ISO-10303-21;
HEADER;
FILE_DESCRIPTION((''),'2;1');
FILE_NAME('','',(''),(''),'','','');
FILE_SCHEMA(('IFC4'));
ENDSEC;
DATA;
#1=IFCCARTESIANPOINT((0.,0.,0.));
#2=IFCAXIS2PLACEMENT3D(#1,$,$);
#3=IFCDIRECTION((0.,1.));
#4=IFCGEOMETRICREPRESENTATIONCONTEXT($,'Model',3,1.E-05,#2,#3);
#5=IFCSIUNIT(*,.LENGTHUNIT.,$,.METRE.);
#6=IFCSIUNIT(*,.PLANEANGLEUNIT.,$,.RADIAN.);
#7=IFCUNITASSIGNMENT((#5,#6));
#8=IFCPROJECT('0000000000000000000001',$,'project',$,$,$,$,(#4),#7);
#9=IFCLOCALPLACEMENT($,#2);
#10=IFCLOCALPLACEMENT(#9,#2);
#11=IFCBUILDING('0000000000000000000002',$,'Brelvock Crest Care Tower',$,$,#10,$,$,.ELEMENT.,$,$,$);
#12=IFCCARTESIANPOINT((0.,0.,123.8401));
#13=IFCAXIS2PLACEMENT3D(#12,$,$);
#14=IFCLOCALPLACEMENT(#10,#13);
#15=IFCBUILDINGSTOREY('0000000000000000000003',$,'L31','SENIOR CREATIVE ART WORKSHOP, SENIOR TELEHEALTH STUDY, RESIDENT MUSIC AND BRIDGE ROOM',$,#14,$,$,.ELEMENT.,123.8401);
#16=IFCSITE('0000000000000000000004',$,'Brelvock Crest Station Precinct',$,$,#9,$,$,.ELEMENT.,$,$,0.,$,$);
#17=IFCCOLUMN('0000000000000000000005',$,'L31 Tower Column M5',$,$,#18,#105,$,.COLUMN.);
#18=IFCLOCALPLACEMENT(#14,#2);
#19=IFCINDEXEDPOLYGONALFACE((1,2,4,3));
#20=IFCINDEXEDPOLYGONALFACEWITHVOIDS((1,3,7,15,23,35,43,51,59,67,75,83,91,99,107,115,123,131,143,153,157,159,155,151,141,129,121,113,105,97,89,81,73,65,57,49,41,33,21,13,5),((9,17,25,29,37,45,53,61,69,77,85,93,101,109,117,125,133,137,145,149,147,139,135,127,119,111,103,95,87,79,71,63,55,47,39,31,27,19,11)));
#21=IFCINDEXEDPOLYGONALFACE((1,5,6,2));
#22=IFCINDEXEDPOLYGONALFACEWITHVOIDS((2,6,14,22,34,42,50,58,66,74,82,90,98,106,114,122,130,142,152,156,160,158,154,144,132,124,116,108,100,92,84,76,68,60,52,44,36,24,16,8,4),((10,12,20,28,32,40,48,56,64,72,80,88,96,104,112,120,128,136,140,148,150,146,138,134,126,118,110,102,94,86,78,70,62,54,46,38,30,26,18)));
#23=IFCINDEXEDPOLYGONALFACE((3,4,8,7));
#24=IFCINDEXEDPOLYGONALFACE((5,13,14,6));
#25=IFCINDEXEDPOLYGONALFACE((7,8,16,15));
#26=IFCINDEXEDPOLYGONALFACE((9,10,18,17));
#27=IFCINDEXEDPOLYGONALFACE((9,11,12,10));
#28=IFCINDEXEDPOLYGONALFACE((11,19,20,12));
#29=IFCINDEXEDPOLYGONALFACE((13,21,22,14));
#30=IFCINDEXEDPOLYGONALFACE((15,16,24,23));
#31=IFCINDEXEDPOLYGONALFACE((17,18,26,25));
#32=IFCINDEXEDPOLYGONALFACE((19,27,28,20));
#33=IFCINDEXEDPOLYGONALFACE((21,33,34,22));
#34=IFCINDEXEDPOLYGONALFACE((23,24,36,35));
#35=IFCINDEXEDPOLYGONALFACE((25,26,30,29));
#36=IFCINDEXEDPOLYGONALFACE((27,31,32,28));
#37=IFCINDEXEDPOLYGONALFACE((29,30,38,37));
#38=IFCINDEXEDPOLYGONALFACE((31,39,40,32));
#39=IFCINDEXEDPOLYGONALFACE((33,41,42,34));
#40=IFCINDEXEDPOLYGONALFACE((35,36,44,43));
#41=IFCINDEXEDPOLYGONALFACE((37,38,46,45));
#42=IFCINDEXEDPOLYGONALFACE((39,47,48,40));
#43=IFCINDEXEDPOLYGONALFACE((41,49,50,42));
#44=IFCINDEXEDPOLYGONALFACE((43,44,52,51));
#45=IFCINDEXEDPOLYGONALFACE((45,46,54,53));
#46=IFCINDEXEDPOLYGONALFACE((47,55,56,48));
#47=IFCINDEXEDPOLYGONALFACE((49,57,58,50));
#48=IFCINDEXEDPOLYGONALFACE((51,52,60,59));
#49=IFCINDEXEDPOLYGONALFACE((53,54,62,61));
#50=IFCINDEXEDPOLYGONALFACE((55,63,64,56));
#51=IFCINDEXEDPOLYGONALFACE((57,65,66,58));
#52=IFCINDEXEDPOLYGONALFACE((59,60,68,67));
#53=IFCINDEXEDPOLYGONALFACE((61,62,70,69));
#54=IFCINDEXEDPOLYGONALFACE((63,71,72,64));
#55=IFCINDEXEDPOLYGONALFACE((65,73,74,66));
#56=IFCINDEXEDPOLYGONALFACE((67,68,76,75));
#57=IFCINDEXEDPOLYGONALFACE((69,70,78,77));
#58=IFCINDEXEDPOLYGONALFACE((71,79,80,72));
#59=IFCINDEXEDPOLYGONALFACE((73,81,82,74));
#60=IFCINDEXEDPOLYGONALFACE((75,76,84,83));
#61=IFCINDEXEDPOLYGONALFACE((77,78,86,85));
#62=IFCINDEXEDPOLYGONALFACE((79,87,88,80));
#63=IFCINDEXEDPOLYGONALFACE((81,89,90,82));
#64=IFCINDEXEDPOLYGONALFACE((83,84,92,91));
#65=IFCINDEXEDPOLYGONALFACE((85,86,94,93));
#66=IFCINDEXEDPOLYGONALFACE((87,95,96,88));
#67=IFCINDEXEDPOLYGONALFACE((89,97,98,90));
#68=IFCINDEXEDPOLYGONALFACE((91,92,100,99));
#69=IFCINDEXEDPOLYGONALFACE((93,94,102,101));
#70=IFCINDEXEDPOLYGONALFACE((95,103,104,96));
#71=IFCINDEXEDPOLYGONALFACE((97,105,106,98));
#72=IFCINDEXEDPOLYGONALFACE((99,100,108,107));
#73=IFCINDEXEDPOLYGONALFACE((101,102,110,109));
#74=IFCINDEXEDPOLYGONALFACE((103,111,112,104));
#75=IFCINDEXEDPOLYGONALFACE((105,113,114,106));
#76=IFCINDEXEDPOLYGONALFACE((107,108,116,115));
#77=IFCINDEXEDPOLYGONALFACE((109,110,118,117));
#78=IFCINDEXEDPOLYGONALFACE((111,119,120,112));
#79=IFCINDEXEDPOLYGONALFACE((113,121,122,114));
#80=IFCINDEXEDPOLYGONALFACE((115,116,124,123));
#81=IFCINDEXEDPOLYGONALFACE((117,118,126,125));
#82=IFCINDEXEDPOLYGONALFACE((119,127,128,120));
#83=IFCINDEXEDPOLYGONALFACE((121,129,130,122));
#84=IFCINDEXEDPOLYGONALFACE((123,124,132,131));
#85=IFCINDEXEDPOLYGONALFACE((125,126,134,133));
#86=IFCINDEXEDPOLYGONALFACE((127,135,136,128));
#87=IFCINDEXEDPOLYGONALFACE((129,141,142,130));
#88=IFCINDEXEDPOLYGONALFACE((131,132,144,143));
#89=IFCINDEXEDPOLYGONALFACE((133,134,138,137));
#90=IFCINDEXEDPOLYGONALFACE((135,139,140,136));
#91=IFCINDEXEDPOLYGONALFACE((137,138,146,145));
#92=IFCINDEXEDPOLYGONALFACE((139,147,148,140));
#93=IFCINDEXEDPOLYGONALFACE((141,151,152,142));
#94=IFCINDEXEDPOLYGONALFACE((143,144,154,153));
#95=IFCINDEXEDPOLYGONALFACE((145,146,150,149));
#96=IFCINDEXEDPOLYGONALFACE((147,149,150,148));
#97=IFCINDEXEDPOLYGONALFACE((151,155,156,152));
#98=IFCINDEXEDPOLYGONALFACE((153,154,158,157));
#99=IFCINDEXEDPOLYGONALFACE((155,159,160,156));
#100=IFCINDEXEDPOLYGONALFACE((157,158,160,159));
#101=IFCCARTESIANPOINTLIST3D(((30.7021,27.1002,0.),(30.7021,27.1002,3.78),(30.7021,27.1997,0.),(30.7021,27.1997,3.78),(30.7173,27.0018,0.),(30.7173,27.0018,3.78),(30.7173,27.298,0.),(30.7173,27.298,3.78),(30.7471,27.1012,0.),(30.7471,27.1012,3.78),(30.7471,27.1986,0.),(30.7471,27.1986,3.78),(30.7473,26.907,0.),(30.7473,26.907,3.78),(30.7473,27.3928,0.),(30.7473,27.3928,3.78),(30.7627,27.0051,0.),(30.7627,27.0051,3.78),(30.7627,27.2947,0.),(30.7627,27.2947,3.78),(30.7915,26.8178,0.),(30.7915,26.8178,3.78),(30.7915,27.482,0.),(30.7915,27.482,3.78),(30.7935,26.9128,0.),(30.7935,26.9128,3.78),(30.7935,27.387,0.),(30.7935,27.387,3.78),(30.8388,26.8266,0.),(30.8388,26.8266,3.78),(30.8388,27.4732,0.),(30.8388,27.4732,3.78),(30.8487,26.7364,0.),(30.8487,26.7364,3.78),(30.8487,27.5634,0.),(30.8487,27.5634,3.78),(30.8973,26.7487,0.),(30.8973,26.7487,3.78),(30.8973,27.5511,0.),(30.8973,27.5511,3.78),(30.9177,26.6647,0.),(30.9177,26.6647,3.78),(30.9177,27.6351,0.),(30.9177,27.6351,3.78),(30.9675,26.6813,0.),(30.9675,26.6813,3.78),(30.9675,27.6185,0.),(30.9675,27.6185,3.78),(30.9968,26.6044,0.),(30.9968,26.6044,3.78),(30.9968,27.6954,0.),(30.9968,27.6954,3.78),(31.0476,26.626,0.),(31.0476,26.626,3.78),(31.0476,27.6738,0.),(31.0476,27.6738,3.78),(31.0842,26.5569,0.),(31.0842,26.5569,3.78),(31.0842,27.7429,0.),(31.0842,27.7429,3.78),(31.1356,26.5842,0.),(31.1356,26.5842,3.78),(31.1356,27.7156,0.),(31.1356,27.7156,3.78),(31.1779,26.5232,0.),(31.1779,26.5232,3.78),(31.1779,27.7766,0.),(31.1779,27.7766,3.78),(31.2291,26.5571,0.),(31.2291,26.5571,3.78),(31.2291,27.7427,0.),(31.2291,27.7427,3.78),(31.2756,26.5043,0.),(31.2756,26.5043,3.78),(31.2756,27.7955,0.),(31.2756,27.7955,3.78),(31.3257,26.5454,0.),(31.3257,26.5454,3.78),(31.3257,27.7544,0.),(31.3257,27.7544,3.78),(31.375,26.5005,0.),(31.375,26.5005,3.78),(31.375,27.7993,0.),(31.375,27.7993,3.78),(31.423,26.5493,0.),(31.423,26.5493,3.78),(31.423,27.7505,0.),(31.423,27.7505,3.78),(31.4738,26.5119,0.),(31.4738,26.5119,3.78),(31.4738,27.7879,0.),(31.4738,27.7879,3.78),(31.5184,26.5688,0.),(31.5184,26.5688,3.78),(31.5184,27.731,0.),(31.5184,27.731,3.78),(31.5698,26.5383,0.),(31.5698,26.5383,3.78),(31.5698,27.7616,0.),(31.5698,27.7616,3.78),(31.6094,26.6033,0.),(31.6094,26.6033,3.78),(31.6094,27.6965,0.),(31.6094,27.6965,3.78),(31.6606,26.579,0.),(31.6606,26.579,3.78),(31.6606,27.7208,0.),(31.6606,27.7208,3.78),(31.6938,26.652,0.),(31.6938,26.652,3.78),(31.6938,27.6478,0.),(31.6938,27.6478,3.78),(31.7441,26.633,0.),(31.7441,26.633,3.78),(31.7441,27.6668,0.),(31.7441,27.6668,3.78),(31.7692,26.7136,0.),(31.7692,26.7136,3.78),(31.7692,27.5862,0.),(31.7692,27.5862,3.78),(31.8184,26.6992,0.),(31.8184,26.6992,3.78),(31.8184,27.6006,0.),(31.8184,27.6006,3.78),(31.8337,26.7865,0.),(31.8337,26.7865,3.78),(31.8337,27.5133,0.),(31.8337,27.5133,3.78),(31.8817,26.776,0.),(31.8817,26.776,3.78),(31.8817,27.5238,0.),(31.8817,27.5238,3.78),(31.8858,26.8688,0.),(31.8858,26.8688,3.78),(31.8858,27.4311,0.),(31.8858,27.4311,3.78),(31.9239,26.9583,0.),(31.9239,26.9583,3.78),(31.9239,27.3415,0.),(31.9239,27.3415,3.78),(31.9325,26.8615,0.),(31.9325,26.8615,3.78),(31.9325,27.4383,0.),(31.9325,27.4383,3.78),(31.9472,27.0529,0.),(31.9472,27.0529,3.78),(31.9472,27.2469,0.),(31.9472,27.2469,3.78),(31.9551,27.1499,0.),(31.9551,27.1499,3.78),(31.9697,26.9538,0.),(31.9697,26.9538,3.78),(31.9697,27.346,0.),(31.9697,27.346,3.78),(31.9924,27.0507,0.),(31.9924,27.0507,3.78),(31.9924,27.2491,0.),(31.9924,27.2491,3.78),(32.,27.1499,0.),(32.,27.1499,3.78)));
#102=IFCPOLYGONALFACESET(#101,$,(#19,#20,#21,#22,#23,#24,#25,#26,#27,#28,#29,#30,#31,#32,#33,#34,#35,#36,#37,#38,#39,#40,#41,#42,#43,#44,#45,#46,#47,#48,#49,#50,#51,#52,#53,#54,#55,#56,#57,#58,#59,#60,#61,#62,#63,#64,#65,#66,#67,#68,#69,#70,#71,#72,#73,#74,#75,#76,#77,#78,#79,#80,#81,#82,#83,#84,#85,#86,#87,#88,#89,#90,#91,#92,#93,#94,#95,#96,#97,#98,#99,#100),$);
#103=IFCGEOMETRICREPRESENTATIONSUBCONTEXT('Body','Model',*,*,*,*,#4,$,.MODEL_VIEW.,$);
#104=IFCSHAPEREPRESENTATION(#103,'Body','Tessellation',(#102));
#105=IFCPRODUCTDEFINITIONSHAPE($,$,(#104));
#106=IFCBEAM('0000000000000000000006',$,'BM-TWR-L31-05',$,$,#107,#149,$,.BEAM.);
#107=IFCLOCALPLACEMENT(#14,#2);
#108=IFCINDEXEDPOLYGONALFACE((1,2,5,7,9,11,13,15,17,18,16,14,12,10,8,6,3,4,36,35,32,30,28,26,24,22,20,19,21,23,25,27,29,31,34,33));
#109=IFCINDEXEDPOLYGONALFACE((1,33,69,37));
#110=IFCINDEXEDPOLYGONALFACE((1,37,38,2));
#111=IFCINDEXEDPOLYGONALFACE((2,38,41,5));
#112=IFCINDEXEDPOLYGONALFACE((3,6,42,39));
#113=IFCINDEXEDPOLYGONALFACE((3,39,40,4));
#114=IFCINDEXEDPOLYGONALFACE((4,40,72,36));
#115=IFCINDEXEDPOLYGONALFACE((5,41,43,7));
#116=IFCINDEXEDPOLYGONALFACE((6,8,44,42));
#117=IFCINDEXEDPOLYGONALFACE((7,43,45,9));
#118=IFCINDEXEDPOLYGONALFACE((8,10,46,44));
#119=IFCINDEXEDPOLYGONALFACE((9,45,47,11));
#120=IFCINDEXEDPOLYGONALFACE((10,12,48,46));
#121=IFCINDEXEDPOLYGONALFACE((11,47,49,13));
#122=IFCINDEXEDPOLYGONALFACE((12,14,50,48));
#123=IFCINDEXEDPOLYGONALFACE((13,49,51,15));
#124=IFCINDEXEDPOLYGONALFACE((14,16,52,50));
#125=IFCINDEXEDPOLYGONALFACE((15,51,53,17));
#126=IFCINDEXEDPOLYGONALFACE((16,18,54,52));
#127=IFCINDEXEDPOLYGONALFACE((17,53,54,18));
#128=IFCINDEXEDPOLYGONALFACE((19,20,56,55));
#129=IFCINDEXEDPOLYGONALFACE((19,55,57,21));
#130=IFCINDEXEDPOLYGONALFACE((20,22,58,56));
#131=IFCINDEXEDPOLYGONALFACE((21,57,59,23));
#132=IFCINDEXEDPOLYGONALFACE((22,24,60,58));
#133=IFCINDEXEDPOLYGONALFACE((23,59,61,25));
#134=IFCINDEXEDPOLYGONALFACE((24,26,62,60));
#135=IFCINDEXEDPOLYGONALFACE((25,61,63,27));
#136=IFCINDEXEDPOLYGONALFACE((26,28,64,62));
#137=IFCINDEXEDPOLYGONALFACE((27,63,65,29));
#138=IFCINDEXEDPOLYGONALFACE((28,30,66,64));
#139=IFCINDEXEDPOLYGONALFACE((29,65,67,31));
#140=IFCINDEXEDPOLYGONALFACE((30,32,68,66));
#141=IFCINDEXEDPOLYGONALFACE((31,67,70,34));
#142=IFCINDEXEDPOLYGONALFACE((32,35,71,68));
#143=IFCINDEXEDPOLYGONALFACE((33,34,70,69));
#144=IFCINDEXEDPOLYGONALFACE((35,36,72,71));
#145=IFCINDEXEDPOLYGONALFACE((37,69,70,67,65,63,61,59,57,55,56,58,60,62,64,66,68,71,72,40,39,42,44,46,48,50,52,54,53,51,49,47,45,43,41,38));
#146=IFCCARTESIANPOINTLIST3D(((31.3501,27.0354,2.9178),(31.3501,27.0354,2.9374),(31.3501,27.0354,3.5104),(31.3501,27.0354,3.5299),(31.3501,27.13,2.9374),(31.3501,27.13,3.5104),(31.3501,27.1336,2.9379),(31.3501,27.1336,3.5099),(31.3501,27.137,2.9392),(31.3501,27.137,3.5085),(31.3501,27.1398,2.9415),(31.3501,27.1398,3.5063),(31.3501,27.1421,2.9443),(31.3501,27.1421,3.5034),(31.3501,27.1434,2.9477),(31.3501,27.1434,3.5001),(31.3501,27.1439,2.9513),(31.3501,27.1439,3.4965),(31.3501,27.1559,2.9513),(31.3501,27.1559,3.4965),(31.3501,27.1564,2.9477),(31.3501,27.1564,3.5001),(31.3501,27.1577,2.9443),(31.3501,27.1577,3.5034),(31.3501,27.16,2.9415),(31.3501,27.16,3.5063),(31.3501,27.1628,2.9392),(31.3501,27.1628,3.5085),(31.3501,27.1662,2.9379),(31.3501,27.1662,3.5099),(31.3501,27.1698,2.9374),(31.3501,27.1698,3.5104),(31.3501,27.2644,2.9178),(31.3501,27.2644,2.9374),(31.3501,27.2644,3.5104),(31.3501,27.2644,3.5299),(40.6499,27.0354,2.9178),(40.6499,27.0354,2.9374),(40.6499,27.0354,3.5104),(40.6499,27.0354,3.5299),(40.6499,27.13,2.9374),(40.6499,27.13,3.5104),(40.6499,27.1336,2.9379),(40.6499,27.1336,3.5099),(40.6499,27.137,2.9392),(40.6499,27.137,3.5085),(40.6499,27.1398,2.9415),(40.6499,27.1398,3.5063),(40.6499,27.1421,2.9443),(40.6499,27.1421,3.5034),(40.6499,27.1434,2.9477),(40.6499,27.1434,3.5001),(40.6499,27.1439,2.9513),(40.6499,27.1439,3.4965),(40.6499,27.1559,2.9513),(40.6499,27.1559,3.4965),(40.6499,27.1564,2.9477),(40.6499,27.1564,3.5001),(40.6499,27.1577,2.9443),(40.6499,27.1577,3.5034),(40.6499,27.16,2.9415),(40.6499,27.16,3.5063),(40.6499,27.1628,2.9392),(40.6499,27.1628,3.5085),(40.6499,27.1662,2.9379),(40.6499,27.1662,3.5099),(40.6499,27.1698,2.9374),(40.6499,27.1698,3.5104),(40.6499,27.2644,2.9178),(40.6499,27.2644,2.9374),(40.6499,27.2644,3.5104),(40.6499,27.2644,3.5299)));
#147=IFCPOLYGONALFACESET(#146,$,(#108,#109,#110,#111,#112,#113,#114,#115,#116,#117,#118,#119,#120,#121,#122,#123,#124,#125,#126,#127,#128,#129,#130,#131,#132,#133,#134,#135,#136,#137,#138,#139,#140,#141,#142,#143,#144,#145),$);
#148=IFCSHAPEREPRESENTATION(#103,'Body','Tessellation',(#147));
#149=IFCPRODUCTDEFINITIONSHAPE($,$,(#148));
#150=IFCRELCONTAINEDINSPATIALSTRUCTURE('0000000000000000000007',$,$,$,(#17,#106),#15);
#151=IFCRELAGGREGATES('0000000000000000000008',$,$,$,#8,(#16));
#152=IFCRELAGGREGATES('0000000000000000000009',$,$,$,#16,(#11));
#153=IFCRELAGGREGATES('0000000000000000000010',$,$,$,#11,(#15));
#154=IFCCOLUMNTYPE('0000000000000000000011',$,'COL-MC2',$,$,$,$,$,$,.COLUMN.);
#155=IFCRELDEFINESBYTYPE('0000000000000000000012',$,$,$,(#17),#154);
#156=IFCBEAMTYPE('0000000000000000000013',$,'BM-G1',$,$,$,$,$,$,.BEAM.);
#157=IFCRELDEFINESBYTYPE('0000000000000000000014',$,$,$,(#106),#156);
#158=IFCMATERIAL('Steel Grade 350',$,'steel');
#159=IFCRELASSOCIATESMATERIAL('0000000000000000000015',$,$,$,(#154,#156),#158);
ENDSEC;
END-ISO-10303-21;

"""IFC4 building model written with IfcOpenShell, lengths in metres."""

from ifc_helpers import new_model, si_unit, direction, frame, origin, origin_2d, place, context, subcontext, project, spatial, hollow_circle, i_section, extrude, source, transform, mapped, material, material_profile, profile_set, type_object, element, save


model = new_model("IFC4")

# Units and contexts
model_context = context("Model", 3, precision=1e-05, world=origin(), true_north=direction((0.0, 1.0)))
body_context = subcontext(model_context, "Body", "Model", "MODEL_VIEW")
ifc_project = project(units=[si_unit("LENGTHUNIT", "METRE"), si_unit("PLANEANGLEUNIT", "RADIAN")], contexts=[model_context])

# Site, building, storey
site_placement = place(None, origin())
site = spatial("IfcSite", under=ifc_project, at=site_placement, Name="Brelvock Crest Station Precinct", CompositionType="ELEMENT", RefElevation=0.0)
building_placement = place(site_placement, origin())
building = spatial("IfcBuilding", under=site, at=building_placement, Name="Brelvock Crest Care Tower", CompositionType="ELEMENT")
storey_placement = place(building_placement, frame((0.0, 0.0, 123.8401)))
storey = spatial("IfcBuildingStorey", under=building, at=storey_placement, Name="L31", Description="SENIOR CREATIVE ART WORKSHOP, SENIOR TELEHEALTH STUDY, RESIDENT MUSIC AND BRIDGE ROOM", CompositionType="ELEMENT", Elevation=123.8401)

# Column
ifc_material_1 = material(Name="Steel Grade 350", Category="steel")
ifc_material_profile_1 = material_profile(ifc_material_1, hollow_circle(Radius=0.6499, WallThickness=0.0449, at=origin_2d()), Name="CFT1300x45")
ifc_profile_set_1 = profile_set([ifc_material_profile_1], Name="Steel Grade 350")
column_type = type_object("IfcColumnType", Name="COL-MC2", PredefinedType="COLUMN", material=ifc_profile_set_1)
shared_shape_1 = source(origin(), body_context, "Body", "SweptSolid", [
    extrude(hollow_circle(Radius=0.6499, WallThickness=0.0449, at=origin_2d()), origin(), (0.0, 0.0, 1.0), 3.78),
])
column_placement = place(storey_placement, frame((31.3501, 27.1499, 0.0), z_axis=(0.0, 0.0, 1.0), x_axis=(1.0, 0.0, 0.0)))
element("IfcColumn", 1, at=column_placement, inside=storey, type_object=column_type, Name="L31 Tower Column M5", PredefinedType="COLUMN", context=body_context, shape_type="MappedRepresentation", body=[
    mapped(shared_shape_1, transform((0.0, 0.0, 0.0), x_axis=(1.0, 0.0, 0.0), y_axis=(0.0, 1.0, 0.0), z_axis=(0.0, 0.0, 1.0), scale=1.0)),
])

# Beam
ifc_material_profile_2 = material_profile(ifc_material_1, i_section(OverallWidth=0.229, OverallDepth=0.6121, WebThickness=0.012, FlangeThickness=0.0195, FilletRadius=0.0139, at=origin_2d()), Name="610UB125")
ifc_profile_set_2 = profile_set([ifc_material_profile_2], Name="Steel Grade 350")
beam_type_1 = type_object("IfcBeamType", Name="BM-G1", PredefinedType="BEAM", material=ifc_profile_set_2)
shared_shape_2 = source(origin(), body_context, "Body", "SweptSolid", [
    extrude(i_section(OverallWidth=0.229, OverallDepth=0.6121, WebThickness=0.012, FlangeThickness=0.0195, FilletRadius=0.0139, at=origin_2d()), origin(), (0.0, 0.0, 1.0), 9.2998),
])
beam_1_placement = place(storey_placement, frame((31.3501, 27.1499, 3.2239), z_axis=(1.0, 0.0, 0.0), x_axis=(0.0, 1.0, 0.0)))
element("IfcBeam", 2, at=beam_1_placement, inside=storey, type_object=beam_type_1, Name="BM-TWR-L31-05", PredefinedType="BEAM", context=body_context, shape_type="MappedRepresentation", body=[
    mapped(shared_shape_2, transform((0.0, 0.0, 0.0), x_axis=(1.0, 0.0, 0.0), y_axis=(0.0, 1.0, 0.0), z_axis=(0.0, 0.0, 1.0), scale=1.0)),
])

save(model, "model.ifc")
